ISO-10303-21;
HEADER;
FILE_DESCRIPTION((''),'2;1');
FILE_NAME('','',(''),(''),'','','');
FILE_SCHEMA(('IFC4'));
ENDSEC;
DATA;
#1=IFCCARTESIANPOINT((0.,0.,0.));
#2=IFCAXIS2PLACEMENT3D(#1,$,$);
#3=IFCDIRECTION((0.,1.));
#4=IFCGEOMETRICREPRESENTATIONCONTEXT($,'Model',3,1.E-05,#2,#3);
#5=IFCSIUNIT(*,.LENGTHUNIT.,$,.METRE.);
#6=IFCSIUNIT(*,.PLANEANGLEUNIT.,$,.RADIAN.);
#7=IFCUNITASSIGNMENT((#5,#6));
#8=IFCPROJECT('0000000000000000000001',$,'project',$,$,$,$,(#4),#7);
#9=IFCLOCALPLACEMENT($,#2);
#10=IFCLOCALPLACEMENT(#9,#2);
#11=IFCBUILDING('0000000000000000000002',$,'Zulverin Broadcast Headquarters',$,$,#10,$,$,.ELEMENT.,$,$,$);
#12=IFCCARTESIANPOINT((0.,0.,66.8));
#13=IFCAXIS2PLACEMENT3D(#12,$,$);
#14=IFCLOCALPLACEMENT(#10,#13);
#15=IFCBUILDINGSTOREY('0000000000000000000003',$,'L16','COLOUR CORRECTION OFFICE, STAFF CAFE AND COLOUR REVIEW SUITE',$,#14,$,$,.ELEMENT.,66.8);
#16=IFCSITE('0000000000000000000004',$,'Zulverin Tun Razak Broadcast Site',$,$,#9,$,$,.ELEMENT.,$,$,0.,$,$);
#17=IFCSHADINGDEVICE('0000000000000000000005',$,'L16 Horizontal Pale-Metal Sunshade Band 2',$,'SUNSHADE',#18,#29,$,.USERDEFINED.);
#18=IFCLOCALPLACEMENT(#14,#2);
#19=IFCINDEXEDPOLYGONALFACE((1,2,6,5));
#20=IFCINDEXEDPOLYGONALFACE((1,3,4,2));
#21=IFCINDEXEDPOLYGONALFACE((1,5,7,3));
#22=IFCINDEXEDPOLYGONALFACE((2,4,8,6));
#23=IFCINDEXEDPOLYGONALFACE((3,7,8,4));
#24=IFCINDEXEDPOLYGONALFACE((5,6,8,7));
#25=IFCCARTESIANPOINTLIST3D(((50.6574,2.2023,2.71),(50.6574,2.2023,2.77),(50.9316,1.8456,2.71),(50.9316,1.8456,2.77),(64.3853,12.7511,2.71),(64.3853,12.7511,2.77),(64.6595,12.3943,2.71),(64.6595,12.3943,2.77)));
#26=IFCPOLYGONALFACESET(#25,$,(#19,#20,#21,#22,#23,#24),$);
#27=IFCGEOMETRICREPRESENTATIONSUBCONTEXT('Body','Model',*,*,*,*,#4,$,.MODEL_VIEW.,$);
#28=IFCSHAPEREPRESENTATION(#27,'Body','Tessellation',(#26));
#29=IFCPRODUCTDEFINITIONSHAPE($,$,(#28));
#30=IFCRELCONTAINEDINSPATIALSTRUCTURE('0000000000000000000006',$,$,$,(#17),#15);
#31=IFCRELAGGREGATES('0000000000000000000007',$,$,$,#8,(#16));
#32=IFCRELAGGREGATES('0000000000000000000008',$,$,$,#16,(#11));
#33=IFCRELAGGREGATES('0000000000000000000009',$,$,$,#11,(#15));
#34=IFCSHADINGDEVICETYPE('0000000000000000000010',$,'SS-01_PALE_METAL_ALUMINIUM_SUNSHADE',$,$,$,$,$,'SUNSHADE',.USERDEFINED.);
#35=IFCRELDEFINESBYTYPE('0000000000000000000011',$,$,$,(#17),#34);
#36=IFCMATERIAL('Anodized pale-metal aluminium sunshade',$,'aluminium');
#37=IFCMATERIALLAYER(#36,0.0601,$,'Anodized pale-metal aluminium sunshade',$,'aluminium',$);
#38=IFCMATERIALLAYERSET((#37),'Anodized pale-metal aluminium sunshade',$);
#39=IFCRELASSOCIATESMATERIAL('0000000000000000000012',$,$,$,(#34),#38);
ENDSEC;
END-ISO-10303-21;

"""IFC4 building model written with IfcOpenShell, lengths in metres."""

from ifc_helpers import new_model, si_unit, direction, frame, origin, origin_2d, place, context, subcontext, project, spatial, rectangle, extrude, material, layer, layer_set, type_object, element, save


model = new_model("IFC4")

# Units and contexts
model_context = context("Model", 3, precision=1e-05, world=origin(), true_north=direction((0.0, 1.0)))
body_context = subcontext(model_context, "Body", "Model", "MODEL_VIEW")
ifc_project = project(units=[si_unit("LENGTHUNIT", "METRE"), si_unit("PLANEANGLEUNIT", "RADIAN")], contexts=[model_context])

# Site, building, storey
site_placement = place(None, origin())
site = spatial("IfcSite", under=ifc_project, at=site_placement, Name="Zulverin Tun Razak Broadcast Site", CompositionType="ELEMENT", RefElevation=0.0)
building_placement = place(site_placement, origin())
building = spatial("IfcBuilding", under=site, at=building_placement, Name="Zulverin Broadcast Headquarters", CompositionType="ELEMENT")
storey_placement = place(building_placement, frame((0.0, 0.0, 66.8)))
storey = spatial("IfcBuildingStorey", under=building, at=storey_placement, Name="L16", Description="COLOUR CORRECTION OFFICE, STAFF CAFE AND COLOUR REVIEW SUITE", CompositionType="ELEMENT", Elevation=66.8)

# Shading device
ifc_material_1 = material(Name="Anodized pale-metal aluminium sunshade", Category="aluminium")
ifc_layer_1 = layer(ifc_material_1, 0.0601, Name="Anodized pale-metal aluminium sunshade", Category="aluminium")
ifc_layer_set_1 = layer_set([ifc_layer_1], Name="Anodized pale-metal aluminium sunshade")
shading_device_type_1 = type_object("IfcShadingDeviceType", Name="SS-01_PALE_METAL_ALUMINIUM_SUNSHADE", ElementType="SUNSHADE", PredefinedType="USERDEFINED", material=ifc_layer_set_1)
shading_device_1_placement = place(storey_placement, frame((57.6584, 7.2983, 2.71), z_axis=(0.0, 0.0, 1.0), x_axis=(0.792933, 0.609308, 0.0)))
element("IfcShadingDevice", 1, at=shading_device_1_placement, inside=storey, type_object=shading_device_type_1, Name="L16 Horizontal Pale-Metal Sunshade Band 2", ObjectType="SUNSHADE", PredefinedType="USERDEFINED", context=body_context, shape_type="SweptSolid", body=[
    extrude(rectangle(XDim=17.3127, YDim=0.45, at=origin_2d()), origin(), (0.0, 0.0, 1.0), 0.0601),
])

save(model, "model.ifc")
